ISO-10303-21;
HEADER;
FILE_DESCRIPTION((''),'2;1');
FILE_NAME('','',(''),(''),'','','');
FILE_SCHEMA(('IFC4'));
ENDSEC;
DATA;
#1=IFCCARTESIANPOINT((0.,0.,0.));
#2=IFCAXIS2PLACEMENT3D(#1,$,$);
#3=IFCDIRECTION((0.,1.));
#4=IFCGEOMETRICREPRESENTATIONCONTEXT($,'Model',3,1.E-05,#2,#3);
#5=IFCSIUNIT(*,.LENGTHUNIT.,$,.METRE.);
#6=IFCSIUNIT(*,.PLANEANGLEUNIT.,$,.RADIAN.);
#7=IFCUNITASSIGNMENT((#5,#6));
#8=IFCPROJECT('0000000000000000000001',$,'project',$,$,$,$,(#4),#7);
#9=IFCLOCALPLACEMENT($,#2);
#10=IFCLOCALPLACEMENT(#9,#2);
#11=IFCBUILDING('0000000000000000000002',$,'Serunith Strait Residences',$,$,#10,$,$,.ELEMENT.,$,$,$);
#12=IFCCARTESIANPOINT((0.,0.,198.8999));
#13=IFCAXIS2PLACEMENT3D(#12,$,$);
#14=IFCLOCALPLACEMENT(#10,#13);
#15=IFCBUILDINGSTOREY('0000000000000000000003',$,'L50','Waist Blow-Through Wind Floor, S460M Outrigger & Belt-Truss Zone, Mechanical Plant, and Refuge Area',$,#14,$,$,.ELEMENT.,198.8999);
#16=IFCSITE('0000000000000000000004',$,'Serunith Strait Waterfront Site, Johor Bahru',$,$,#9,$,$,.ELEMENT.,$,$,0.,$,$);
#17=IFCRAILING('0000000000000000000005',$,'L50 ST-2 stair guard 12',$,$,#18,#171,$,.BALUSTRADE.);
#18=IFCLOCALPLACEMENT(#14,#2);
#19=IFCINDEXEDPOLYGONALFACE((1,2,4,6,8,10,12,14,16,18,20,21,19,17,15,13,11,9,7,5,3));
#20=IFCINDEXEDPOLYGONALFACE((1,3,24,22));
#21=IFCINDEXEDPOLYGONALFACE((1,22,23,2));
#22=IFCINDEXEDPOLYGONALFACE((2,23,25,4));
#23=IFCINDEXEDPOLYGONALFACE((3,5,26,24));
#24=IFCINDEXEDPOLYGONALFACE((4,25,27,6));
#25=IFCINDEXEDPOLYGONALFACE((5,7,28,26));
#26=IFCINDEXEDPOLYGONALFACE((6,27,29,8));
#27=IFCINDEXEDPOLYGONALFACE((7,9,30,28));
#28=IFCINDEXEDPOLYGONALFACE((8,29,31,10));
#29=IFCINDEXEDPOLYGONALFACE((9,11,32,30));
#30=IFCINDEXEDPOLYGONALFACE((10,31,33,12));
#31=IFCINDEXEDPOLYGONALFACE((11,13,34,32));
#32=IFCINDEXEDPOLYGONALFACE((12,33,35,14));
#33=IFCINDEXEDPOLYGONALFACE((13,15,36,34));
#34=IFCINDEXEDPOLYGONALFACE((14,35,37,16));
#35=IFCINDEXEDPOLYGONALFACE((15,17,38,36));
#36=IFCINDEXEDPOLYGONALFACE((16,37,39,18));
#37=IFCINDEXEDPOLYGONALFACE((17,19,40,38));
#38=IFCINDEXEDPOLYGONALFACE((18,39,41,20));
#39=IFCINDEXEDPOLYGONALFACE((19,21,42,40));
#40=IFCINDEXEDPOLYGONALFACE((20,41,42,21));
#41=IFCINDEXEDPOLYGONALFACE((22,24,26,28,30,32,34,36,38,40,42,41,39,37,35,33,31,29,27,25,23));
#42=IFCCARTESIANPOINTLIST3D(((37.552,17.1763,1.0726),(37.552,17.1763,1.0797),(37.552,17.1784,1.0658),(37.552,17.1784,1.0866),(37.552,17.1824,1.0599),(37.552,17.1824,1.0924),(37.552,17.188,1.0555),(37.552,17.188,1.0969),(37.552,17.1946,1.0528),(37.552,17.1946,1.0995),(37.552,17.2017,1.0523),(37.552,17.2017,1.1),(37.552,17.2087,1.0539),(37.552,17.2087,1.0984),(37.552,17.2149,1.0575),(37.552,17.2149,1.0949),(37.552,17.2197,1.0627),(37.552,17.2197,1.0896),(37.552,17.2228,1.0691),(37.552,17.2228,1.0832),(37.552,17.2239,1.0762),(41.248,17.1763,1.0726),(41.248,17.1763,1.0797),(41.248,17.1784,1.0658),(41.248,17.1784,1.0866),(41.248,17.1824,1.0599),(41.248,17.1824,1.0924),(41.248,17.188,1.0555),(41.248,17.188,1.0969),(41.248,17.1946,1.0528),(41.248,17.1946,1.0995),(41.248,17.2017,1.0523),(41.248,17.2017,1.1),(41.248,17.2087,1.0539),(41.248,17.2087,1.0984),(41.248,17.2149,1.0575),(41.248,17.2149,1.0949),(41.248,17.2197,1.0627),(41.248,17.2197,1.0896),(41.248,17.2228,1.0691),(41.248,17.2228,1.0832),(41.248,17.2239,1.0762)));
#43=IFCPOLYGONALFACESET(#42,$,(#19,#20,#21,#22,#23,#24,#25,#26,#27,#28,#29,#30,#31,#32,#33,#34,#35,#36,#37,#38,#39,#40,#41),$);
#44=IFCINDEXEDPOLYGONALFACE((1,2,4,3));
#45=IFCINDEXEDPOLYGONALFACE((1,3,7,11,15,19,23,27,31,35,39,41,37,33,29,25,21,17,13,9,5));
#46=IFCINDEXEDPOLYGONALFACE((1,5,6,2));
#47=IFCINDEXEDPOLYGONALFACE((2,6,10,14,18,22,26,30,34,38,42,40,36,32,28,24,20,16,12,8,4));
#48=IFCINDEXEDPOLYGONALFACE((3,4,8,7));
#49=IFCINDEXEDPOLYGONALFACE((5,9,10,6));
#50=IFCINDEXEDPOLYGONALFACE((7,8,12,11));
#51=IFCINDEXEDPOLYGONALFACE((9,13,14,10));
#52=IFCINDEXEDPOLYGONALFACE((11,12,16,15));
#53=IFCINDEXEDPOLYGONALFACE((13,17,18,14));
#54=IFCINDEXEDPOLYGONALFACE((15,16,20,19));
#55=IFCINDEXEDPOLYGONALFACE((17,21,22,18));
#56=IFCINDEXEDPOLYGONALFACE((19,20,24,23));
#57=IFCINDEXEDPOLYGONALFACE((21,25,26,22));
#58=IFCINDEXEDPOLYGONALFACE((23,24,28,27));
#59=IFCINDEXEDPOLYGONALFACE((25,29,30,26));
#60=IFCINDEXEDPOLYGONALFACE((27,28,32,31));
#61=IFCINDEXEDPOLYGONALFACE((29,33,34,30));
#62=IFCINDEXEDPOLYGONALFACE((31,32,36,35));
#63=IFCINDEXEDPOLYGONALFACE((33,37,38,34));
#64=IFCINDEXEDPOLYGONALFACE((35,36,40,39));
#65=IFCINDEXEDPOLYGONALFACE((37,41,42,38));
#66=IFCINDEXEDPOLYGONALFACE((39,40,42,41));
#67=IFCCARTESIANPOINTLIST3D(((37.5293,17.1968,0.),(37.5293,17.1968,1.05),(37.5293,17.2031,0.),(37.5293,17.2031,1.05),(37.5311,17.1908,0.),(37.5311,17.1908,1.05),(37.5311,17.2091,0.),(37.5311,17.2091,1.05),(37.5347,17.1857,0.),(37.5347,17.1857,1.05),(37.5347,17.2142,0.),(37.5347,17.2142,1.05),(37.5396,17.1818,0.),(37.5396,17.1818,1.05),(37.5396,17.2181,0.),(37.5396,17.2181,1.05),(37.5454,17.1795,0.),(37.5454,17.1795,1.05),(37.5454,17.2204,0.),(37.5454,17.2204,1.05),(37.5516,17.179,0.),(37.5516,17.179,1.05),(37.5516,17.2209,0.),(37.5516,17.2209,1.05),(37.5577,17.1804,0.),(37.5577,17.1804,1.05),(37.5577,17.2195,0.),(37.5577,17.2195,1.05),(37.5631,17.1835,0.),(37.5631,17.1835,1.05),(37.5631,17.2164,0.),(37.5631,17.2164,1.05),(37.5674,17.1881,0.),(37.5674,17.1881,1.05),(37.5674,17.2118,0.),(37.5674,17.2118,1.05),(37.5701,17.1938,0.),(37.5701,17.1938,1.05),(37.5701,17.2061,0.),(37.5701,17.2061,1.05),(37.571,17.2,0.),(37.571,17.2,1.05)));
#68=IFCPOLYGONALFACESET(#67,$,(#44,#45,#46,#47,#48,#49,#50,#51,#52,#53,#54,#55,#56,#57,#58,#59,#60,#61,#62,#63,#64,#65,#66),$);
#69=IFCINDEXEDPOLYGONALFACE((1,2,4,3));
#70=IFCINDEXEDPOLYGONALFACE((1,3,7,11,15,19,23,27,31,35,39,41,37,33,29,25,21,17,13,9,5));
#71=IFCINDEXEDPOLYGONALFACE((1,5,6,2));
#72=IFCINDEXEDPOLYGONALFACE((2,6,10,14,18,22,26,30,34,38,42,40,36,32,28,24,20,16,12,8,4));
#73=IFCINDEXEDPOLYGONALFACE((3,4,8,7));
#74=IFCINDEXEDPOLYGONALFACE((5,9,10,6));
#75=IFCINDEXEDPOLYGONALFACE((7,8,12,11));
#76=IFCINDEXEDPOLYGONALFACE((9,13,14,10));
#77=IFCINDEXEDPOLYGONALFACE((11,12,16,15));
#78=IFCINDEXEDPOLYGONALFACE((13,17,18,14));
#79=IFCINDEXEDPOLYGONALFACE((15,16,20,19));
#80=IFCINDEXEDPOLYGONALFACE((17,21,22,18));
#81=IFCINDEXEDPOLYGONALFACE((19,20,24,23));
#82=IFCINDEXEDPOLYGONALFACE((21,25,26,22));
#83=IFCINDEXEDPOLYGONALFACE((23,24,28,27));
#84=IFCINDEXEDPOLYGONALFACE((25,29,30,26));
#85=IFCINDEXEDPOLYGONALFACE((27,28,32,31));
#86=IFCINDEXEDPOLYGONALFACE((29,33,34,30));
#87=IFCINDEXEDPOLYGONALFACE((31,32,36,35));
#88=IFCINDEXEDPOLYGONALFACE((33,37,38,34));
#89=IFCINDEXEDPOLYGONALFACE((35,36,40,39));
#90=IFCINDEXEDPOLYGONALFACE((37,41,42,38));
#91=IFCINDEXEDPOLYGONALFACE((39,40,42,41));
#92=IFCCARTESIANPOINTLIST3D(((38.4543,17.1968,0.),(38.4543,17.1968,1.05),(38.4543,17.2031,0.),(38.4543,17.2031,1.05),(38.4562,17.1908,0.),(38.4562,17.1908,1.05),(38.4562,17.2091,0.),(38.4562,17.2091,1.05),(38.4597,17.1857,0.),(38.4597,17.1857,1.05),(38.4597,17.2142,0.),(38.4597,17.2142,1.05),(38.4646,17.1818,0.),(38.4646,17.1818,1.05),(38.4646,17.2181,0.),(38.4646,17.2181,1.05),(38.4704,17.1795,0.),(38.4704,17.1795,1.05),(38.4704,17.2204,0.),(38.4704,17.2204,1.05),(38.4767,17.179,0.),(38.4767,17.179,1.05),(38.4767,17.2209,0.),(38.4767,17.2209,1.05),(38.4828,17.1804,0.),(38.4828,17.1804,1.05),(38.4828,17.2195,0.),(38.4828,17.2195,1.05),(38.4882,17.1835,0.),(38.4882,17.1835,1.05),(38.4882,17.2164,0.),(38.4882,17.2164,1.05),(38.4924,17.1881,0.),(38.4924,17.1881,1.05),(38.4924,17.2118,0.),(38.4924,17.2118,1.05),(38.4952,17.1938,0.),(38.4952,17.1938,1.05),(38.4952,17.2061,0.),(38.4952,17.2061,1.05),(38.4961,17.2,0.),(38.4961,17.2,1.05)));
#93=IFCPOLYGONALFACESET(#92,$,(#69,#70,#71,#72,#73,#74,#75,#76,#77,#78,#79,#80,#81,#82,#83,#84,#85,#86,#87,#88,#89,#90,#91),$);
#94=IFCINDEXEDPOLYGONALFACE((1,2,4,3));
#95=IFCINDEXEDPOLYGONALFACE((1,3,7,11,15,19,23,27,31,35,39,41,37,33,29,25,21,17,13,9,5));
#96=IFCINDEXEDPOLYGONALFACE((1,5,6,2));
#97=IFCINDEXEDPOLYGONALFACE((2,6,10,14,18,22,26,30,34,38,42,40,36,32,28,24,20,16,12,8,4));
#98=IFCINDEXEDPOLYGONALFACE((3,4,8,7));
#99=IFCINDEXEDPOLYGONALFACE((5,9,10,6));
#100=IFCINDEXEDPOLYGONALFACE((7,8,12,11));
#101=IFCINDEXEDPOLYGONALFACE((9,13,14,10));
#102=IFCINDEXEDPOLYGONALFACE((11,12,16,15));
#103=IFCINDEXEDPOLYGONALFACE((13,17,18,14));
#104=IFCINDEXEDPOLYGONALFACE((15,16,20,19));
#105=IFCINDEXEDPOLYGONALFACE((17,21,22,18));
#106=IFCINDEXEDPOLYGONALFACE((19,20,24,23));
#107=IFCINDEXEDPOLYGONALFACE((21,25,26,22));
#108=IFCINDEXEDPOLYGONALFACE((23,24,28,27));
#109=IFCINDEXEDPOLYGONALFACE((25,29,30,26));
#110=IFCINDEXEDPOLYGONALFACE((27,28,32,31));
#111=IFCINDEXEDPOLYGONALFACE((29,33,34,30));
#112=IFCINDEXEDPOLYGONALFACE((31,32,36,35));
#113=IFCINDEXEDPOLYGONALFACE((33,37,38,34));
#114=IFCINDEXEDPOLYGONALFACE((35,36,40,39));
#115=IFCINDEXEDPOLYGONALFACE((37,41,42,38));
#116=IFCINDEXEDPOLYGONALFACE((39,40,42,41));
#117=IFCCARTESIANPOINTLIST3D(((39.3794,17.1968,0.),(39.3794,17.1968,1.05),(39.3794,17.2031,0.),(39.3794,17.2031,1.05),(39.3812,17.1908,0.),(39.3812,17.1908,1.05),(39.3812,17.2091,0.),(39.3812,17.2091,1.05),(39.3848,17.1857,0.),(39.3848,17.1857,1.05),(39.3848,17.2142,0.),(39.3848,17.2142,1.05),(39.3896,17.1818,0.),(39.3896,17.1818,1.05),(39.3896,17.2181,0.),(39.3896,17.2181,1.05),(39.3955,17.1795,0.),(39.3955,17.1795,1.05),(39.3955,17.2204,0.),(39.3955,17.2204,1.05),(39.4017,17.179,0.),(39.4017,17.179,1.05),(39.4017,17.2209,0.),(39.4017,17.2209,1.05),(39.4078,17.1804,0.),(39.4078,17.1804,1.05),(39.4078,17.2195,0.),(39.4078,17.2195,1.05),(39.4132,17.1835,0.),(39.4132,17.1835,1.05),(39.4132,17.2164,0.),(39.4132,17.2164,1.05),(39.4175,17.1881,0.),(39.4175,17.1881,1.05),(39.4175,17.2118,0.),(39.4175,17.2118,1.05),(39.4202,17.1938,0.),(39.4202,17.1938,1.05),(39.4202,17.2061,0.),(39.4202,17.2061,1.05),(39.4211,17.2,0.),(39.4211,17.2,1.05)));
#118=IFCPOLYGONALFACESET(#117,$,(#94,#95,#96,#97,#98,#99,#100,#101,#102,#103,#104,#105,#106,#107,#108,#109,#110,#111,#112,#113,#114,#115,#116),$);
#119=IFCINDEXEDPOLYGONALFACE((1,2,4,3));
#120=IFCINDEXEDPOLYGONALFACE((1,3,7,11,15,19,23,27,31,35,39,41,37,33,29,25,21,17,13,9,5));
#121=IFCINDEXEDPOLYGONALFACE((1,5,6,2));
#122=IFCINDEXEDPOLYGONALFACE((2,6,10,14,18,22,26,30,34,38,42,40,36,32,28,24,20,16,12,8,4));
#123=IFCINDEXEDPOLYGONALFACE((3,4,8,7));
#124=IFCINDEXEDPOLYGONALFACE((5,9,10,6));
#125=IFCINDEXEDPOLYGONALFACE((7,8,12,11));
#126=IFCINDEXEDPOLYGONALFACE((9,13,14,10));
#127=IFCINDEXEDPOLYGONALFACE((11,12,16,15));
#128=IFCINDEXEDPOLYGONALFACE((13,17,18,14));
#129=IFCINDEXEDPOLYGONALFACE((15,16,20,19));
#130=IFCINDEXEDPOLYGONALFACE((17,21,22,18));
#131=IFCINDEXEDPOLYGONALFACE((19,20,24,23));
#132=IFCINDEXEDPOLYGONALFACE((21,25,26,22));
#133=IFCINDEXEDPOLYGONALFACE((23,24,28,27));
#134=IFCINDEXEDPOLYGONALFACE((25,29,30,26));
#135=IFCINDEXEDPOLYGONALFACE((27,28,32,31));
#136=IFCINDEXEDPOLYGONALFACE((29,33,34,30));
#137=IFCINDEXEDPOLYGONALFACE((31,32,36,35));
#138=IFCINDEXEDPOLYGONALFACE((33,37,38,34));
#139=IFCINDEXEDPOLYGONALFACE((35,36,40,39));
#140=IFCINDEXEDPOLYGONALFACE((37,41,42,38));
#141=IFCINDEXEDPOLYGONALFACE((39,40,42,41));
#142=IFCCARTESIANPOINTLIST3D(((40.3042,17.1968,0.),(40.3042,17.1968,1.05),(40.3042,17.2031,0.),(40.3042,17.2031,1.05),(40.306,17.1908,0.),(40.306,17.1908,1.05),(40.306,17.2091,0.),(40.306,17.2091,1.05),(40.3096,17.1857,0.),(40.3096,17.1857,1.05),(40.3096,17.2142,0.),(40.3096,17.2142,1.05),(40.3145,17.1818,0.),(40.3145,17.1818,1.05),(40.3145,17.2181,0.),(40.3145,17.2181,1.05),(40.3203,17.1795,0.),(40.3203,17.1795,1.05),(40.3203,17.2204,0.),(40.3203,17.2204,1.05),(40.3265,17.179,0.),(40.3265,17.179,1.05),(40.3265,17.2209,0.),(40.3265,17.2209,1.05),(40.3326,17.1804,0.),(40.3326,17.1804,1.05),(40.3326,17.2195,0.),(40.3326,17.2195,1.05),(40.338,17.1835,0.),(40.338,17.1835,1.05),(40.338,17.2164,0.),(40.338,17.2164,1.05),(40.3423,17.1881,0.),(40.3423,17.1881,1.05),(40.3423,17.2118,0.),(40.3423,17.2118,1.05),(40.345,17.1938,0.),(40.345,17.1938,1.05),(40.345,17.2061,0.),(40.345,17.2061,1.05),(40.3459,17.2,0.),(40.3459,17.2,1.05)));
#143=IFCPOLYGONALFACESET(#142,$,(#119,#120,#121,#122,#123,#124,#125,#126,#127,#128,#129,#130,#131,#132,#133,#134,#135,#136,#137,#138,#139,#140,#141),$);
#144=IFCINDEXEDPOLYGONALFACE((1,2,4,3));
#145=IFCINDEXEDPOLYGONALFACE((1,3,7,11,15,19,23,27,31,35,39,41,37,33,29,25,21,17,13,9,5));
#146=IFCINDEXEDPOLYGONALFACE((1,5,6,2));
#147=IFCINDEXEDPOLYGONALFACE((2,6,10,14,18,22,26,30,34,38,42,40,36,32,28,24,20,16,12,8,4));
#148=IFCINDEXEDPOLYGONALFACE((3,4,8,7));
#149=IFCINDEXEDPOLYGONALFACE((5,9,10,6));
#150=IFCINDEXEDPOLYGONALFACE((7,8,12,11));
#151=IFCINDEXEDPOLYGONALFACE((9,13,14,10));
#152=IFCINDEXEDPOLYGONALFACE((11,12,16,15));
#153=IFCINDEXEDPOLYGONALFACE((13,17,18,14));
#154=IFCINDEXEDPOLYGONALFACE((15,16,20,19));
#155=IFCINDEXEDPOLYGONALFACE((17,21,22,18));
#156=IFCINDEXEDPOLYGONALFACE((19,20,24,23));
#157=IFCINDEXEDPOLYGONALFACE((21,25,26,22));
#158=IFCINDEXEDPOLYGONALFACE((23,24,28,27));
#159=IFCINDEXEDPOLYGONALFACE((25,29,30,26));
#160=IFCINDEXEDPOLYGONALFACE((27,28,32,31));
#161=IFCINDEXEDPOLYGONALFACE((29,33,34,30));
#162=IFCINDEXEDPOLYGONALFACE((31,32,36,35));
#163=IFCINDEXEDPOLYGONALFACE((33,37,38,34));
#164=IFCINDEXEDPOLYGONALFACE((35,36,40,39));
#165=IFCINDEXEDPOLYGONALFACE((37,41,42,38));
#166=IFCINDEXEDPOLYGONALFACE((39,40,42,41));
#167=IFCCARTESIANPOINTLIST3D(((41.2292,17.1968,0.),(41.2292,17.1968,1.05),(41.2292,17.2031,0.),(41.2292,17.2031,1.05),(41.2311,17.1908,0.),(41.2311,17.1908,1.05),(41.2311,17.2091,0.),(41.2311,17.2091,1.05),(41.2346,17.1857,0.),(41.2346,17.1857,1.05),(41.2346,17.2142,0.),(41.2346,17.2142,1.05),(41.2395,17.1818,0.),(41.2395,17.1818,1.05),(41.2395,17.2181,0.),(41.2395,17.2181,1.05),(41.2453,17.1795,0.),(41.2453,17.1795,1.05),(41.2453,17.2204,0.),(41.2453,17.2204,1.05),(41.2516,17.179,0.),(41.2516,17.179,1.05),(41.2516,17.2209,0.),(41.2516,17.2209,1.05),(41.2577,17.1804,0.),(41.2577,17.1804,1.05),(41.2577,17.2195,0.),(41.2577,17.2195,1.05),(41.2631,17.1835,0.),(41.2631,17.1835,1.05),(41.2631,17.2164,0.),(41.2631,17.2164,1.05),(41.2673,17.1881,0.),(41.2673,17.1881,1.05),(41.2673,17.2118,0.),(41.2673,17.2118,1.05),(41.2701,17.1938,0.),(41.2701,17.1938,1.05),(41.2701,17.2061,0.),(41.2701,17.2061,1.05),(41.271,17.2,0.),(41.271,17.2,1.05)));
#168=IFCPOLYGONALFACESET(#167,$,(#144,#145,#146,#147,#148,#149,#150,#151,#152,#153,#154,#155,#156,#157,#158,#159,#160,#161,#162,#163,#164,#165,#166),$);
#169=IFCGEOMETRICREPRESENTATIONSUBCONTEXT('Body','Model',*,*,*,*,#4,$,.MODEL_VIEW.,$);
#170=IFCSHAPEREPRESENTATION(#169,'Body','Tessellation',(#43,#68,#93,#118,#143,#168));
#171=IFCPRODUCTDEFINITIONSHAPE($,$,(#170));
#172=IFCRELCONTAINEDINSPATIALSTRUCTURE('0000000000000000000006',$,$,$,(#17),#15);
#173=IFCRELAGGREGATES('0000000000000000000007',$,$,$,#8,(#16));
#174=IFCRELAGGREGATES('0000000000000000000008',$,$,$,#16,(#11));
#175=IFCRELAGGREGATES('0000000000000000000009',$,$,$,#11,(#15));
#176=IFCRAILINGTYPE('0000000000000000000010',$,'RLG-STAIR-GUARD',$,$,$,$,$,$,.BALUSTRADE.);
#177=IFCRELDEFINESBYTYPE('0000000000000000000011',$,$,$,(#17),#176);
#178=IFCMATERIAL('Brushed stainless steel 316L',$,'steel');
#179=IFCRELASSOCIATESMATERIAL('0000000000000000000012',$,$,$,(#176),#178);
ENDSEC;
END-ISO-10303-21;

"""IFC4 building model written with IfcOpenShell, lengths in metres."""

from ifc_helpers import new_model, si_unit, direction, frame, origin, origin_2d, place, context, subcontext, project, spatial, circle, extrude, material, type_object, element, save


model = new_model("IFC4")

# Units and contexts
model_context = context("Model", 3, precision=1e-05, world=origin(), true_north=direction((0.0, 1.0)))
body_context = subcontext(model_context, "Body", "Model", "MODEL_VIEW")
ifc_project = project(units=[si_unit("LENGTHUNIT", "METRE"), si_unit("PLANEANGLEUNIT", "RADIAN")], contexts=[model_context])

# Site, building, storey
site_placement = place(None, origin())
site = spatial("IfcSite", under=ifc_project, at=site_placement, Name="Serunith Strait Waterfront Site, Johor Bahru", CompositionType="ELEMENT", RefElevation=0.0)
building_placement = place(site_placement, origin())
building = spatial("IfcBuilding", under=site, at=building_placement, Name="Serunith Strait Residences", CompositionType="ELEMENT")
storey_placement = place(building_placement, frame((0.0, 0.0, 198.8999)))
storey = spatial("IfcBuildingStorey", under=building, at=storey_placement, Name="L50", Description="Waist Blow-Through Wind Floor, S460M Outrigger & Belt-Truss Zone, Mechanical Plant, and Refuge Area", CompositionType="ELEMENT", Elevation=198.8999)

# Railing
ifc_material_1 = material(Name="Brushed stainless steel 316L", Category="steel")
railing_type_1 = type_object("IfcRailingType", Name="RLG-STAIR-GUARD", PredefinedType="BALUSTRADE", material=ifc_material_1)
railing_1_placement = place(storey_placement, frame((37.55, 17.2, 0.0)))
element("IfcRailing", 1, at=railing_1_placement, inside=storey, type_object=railing_type_1, Name="L50 ST-2 stair guard 12", PredefinedType="BALUSTRADE", context=body_context, shape_type="SweptSolid", body=[
    extrude(circle(Radius=0.0239, at=origin_2d()), frame((0.002, 0.0, 1.0762), z_axis=(1.0, 0.0, 0.0), x_axis=(0.0, 1.0, 0.0)), (0.0, 0.0, 1.0), 3.696),
    extrude(circle(Radius=0.021, at=origin_2d()), origin(), (0.0, 0.0, 1.0), 1.05),
    extrude(circle(Radius=0.021, at=origin_2d()), frame((0.925, 0.0, 0.0)), (0.0, 0.0, 1.0), 1.05),
    extrude(circle(Radius=0.021, at=origin_2d()), frame((1.8501, 0.0, 0.0)), (0.0, 0.0, 1.0), 1.05),
    extrude(circle(Radius=0.021, at=origin_2d()), frame((2.7749, 0.0, 0.0)), (0.0, 0.0, 1.0), 1.05),
    extrude(circle(Radius=0.021, at=origin_2d()), frame((3.7, 0.0, 0.0)), (0.0, 0.0, 1.0), 1.05),
])

save(model, "model.ifc")
